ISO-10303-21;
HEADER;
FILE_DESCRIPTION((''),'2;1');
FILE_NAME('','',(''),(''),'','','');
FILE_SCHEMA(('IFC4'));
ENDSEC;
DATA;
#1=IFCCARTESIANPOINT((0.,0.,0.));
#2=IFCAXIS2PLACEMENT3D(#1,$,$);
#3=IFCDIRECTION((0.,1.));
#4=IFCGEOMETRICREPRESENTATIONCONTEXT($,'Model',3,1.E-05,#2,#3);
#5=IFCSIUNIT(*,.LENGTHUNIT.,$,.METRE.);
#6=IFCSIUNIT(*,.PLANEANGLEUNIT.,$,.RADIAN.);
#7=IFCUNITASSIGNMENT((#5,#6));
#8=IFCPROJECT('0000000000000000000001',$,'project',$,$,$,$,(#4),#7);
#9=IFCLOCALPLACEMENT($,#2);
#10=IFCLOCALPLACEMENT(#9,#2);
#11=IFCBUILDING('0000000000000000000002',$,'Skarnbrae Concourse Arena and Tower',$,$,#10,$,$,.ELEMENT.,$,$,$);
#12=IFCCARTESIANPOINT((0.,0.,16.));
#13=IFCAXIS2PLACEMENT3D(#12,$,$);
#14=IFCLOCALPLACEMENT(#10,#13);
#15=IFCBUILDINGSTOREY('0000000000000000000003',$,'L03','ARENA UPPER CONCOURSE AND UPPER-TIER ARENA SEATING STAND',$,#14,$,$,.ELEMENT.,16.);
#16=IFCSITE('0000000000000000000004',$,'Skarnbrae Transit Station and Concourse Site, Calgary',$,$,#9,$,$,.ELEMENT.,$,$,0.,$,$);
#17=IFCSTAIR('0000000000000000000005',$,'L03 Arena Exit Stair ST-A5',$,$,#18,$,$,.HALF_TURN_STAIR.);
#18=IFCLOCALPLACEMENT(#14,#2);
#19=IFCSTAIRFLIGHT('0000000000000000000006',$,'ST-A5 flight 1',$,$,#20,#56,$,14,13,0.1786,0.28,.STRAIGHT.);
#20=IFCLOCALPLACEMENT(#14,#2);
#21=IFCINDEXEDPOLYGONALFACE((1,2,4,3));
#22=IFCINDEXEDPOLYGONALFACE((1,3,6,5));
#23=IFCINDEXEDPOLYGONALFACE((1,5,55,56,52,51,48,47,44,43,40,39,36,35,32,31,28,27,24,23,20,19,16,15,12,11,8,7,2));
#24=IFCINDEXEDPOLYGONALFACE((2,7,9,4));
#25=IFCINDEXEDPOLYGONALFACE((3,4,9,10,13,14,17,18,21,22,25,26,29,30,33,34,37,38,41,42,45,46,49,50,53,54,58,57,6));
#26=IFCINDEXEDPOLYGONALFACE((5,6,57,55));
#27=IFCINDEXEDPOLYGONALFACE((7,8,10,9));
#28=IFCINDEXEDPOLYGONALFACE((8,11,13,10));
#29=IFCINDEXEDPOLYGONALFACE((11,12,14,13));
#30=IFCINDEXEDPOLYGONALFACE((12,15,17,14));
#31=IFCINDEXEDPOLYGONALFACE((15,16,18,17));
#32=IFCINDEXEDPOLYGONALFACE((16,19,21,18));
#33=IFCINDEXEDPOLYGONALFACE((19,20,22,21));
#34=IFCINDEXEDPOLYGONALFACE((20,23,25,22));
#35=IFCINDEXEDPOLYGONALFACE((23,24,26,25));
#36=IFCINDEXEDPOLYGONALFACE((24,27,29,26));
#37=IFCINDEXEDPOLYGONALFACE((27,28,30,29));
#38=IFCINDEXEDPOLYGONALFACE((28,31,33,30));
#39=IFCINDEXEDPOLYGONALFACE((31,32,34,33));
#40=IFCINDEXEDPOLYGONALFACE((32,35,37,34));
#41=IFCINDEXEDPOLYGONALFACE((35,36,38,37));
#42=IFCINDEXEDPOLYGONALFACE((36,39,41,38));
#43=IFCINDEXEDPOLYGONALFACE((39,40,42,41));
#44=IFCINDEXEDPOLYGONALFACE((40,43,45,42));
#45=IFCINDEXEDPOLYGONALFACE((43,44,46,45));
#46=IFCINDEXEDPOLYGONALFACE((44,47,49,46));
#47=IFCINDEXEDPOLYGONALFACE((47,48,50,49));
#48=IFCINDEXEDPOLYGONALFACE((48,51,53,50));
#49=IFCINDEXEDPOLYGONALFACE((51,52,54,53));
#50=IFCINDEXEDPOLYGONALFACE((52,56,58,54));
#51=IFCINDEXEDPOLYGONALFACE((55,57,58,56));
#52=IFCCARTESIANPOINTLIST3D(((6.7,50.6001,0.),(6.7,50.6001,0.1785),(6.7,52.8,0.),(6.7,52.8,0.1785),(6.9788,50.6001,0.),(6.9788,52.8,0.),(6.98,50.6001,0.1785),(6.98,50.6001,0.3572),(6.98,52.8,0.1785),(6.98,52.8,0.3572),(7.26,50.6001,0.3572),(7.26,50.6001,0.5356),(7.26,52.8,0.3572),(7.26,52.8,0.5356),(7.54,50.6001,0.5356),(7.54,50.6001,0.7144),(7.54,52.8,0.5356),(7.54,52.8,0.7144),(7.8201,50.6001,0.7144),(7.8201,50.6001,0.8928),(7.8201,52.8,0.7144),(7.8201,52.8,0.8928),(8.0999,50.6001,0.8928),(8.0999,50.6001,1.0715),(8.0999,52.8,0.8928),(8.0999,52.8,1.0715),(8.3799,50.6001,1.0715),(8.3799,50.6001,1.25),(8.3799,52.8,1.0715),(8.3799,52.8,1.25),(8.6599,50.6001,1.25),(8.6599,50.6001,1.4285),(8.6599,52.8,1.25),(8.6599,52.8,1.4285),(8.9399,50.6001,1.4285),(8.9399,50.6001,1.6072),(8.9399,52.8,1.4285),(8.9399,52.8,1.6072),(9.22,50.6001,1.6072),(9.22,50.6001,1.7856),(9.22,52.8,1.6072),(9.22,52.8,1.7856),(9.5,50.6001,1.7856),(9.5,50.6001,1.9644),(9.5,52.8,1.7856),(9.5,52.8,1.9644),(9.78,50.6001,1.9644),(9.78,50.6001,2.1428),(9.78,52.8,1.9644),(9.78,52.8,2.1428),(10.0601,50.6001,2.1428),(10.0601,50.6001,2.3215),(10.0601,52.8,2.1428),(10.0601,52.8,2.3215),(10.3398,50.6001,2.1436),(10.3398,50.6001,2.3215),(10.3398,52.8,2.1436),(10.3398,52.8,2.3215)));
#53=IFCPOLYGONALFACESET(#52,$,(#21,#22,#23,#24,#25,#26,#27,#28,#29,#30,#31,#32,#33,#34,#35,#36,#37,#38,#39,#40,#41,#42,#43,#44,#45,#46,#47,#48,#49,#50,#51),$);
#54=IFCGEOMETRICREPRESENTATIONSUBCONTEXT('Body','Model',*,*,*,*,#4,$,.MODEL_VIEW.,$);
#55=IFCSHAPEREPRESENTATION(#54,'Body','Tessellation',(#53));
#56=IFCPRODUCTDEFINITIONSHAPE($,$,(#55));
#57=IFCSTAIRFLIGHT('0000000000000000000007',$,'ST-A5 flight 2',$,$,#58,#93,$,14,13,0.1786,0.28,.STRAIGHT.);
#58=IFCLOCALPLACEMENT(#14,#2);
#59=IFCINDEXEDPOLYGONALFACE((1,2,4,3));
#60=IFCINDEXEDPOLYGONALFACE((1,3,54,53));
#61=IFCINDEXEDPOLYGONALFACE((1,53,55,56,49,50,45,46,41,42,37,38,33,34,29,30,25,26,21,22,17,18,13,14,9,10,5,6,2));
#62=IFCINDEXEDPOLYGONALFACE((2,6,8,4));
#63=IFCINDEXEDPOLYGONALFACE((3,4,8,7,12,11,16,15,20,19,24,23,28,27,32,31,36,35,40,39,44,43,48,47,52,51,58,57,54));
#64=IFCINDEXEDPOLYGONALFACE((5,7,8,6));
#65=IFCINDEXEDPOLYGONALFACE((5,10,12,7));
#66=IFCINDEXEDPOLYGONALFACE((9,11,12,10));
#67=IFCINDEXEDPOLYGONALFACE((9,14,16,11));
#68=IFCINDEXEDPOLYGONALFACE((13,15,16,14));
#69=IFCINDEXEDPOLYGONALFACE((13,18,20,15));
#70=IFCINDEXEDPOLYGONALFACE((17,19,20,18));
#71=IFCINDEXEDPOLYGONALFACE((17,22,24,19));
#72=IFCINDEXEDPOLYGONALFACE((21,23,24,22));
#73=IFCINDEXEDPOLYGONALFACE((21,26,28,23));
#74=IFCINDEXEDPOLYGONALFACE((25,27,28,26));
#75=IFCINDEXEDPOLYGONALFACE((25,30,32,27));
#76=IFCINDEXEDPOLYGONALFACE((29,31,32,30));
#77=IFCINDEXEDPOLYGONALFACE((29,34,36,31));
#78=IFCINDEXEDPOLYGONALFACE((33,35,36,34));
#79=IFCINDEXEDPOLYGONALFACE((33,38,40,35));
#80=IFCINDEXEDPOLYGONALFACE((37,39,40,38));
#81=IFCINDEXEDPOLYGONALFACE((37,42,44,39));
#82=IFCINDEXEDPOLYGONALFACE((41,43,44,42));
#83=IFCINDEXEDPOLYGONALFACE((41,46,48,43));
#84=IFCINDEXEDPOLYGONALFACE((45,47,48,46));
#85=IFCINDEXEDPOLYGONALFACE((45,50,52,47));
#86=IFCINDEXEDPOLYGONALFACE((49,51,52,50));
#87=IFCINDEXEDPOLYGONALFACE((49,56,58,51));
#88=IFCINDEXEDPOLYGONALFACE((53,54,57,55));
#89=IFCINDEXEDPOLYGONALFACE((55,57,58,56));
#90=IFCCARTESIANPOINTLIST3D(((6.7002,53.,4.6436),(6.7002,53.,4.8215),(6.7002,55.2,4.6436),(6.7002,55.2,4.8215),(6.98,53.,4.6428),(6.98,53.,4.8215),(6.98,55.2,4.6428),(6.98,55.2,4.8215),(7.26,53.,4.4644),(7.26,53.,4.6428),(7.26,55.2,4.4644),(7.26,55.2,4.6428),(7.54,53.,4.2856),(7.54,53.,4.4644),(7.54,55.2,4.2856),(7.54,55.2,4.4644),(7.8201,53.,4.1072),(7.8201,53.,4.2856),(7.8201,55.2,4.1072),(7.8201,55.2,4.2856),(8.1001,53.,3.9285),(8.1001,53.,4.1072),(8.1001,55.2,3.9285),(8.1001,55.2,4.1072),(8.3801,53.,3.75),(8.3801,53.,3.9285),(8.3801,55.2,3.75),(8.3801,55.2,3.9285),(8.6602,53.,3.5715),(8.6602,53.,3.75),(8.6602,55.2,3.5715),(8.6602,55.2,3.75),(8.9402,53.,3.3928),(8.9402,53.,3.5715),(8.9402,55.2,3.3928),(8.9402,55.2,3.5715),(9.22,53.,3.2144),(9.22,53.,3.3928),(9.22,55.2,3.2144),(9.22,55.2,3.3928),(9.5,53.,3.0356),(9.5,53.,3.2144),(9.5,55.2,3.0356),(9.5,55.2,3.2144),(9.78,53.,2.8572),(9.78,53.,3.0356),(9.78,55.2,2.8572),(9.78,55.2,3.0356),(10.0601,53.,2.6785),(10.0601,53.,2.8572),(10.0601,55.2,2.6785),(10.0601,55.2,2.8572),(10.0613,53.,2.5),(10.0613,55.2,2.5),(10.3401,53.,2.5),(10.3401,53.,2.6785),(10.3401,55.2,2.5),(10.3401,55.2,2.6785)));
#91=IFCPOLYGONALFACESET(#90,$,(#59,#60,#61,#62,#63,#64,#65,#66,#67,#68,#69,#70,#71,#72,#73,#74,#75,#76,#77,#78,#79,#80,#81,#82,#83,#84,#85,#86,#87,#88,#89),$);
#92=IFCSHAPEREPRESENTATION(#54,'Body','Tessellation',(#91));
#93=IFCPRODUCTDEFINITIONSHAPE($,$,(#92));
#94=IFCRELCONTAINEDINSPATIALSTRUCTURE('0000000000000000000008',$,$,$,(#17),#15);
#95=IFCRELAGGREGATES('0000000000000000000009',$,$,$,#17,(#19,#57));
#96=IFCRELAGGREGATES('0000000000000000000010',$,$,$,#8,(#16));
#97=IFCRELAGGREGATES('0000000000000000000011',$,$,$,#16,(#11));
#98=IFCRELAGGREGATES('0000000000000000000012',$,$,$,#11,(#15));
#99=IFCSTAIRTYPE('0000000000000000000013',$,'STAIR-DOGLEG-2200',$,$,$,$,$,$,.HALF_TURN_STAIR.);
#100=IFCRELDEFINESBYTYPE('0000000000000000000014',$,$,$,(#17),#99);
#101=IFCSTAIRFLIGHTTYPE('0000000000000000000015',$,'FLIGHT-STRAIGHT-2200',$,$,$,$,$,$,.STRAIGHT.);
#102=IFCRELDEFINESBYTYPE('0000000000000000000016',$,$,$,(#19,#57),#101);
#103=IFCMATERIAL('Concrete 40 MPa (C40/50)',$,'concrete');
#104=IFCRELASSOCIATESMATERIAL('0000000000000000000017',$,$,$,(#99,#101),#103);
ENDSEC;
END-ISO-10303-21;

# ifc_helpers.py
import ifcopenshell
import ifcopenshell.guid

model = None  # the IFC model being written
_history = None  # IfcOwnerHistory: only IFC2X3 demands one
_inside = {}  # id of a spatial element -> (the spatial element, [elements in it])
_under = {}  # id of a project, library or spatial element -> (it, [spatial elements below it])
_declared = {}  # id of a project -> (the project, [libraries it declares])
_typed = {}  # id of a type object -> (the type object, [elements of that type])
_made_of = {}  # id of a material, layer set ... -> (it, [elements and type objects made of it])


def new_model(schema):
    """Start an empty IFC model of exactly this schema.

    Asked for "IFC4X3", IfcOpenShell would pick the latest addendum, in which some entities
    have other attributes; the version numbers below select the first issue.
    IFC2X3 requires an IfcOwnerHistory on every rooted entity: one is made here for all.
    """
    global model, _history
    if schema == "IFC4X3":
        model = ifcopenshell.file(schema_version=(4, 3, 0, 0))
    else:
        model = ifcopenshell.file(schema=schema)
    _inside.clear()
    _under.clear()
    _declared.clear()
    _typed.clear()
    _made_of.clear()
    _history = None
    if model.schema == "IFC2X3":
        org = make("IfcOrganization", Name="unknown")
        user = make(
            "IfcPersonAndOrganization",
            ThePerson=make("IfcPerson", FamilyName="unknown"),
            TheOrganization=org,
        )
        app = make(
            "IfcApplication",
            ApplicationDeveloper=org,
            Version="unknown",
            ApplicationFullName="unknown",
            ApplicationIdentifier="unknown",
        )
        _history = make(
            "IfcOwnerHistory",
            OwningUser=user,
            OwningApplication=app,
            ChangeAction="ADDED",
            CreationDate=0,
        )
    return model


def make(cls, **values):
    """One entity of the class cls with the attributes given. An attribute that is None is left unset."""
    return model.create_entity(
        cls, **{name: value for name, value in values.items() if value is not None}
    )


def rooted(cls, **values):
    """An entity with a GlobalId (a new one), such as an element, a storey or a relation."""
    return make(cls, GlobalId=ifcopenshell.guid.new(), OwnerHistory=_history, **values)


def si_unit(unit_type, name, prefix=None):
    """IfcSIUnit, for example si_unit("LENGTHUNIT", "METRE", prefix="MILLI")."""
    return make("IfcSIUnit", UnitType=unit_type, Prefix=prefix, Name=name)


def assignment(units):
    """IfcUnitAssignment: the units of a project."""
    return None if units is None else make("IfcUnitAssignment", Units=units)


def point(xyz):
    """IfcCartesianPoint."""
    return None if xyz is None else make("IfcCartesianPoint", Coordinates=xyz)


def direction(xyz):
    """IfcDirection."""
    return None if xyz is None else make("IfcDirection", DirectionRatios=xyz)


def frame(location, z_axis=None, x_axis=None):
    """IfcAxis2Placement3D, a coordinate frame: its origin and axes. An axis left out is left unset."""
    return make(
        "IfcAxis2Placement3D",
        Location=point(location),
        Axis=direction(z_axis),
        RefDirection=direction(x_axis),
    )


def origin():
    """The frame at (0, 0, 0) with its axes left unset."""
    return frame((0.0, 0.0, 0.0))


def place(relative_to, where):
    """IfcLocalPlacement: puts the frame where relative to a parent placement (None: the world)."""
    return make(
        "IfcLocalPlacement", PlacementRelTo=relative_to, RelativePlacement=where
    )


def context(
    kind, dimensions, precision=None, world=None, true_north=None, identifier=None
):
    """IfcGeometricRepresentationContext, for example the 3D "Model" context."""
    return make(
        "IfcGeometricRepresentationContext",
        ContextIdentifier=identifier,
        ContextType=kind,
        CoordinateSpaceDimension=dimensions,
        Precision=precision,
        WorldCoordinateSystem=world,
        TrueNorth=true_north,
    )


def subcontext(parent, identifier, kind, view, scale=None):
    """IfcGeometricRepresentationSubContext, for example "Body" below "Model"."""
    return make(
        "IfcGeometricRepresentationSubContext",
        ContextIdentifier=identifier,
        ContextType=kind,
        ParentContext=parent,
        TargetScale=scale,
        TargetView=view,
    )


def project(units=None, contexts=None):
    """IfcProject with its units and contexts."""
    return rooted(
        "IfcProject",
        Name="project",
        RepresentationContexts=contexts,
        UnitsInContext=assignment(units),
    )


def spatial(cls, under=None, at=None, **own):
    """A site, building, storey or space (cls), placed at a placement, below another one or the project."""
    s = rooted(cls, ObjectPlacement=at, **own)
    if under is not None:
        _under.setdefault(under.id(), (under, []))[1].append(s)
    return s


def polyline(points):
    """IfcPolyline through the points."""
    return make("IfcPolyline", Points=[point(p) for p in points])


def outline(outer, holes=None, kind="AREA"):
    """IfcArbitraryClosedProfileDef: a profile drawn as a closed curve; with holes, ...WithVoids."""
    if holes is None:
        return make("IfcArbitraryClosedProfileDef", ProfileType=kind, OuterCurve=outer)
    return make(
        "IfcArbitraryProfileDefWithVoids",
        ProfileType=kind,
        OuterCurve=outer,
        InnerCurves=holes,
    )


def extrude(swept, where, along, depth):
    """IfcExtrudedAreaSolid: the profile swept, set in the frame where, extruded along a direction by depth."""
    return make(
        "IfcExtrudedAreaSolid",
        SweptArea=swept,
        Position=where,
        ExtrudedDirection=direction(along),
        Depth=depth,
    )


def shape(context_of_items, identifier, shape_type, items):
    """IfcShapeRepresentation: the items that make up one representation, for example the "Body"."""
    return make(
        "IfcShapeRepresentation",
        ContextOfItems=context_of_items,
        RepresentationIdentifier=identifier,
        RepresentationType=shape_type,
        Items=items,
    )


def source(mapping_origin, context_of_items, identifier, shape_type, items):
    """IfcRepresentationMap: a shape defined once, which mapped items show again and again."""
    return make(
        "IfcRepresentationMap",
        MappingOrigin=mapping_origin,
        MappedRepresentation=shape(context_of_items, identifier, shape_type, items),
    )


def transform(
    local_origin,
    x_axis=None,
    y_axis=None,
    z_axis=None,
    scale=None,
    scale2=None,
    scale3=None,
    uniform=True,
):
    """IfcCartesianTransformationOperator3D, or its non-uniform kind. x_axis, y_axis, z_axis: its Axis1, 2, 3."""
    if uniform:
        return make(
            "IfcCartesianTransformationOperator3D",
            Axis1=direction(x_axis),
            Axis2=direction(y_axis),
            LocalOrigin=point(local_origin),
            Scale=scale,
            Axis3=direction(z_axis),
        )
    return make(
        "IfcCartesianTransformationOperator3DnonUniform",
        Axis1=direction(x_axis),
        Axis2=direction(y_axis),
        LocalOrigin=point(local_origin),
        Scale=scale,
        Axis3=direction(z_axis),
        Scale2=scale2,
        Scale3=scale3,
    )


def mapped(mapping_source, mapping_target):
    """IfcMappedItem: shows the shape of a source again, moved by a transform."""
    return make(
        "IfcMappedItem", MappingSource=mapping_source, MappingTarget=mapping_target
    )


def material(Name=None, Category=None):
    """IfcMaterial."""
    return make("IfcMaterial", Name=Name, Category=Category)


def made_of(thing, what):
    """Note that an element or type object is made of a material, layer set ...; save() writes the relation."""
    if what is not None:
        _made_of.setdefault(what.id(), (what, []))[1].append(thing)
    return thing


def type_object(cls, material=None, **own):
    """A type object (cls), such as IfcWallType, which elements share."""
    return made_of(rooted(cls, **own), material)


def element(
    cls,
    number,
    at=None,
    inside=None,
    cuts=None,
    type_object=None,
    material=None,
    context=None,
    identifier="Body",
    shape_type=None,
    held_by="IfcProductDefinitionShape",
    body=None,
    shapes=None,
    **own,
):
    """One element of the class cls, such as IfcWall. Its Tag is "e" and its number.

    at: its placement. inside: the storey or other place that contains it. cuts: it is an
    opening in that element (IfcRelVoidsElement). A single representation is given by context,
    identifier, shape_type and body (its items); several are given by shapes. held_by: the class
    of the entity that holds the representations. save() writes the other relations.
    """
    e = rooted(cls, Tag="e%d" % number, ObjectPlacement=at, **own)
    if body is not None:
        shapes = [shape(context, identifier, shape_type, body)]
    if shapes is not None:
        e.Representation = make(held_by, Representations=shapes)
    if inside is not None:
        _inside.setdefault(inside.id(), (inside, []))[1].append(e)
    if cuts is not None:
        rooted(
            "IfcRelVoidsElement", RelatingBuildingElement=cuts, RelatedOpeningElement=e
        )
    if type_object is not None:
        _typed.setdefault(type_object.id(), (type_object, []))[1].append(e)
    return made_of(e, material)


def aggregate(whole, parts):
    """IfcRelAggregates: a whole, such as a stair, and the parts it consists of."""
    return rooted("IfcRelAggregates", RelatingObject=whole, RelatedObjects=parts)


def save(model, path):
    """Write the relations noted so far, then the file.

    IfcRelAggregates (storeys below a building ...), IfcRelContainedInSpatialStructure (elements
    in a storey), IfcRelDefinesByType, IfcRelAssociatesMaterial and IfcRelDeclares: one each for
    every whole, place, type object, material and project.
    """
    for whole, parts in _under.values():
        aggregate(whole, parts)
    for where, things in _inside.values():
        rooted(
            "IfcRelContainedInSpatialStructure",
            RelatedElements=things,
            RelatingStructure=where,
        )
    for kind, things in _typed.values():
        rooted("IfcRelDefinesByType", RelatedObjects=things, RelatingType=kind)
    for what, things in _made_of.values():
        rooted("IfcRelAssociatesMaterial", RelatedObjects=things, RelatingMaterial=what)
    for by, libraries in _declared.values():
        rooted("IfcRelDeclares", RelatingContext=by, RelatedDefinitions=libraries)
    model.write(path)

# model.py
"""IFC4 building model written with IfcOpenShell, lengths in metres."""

from ifc_helpers import new_model, si_unit, direction, frame, origin, place, context, subcontext, project, spatial, polyline, outline, extrude, source, transform, mapped, material, type_object, element, aggregate, save


model = new_model("IFC4")

# Units and contexts
model_context = context("Model", 3, precision=1e-05, world=origin(), true_north=direction((0.0, 1.0)))
body_context = subcontext(model_context, "Body", "Model", "MODEL_VIEW")
ifc_project = project(units=[si_unit("LENGTHUNIT", "METRE"), si_unit("PLANEANGLEUNIT", "RADIAN")], contexts=[model_context])

# Site, building, storey
site_placement = place(None, origin())
site = spatial("IfcSite", under=ifc_project, at=site_placement, Name="Skarnbrae Transit Station and Concourse Site, Calgary", CompositionType="ELEMENT", RefElevation=0.0)
building_placement = place(site_placement, origin())
building = spatial("IfcBuilding", under=site, at=building_placement, Name="Skarnbrae Concourse Arena and Tower", CompositionType="ELEMENT")
storey_placement = place(building_placement, frame((0.0, 0.0, 16.0)))
storey = spatial("IfcBuildingStorey", under=building, at=storey_placement, Name="L03", Description="ARENA UPPER CONCOURSE AND UPPER-TIER ARENA SEATING STAND", CompositionType="ELEMENT", Elevation=16.0)

# Stair, stair flights
ifc_material_1 = material(Name="Concrete 40 MPa (C40/50)", Category="concrete")
stair_type = type_object("IfcStairType", Name="STAIR-DOGLEG-2200", PredefinedType="HALF_TURN_STAIR", material=ifc_material_1)
stair_placement = place(storey_placement, origin())
stair = element("IfcStair", 1, at=stair_placement, inside=storey, type_object=stair_type, Name="L03 Arena Exit Stair ST-A5", PredefinedType="HALF_TURN_STAIR")
stair_flight_type = type_object("IfcStairFlightType", Name="FLIGHT-STRAIGHT-2200", PredefinedType="STRAIGHT", material=ifc_material_1)
shared_shape_1 = source(origin(), body_context, "Body", "SweptSolid", [
    extrude(outline(polyline([(0.0, 0.0), (0.0, 0.1785), (0.28, 0.1785), (0.28, 0.3572), (0.5601, 0.3572), (0.5601, 0.5356), (0.8401, 0.5356), (0.8401, 0.7144), (1.1201, 0.7144), (1.1201, 0.8928), (1.3999, 0.8928), (1.3999, 1.0715), (1.6799, 1.0715), (1.6799, 1.25), (1.96, 1.25), (1.96, 1.4285), (2.24, 1.4285), (2.24, 1.6072), (2.52, 1.6072), (2.52, 1.7856), (2.8, 1.7856), (2.8, 1.9644), (3.0801, 1.9644), (3.0801, 2.1428), (3.3601, 2.1428), (3.3601, 2.3215), (3.6399, 2.3215), (3.6399, 2.5), (3.6399, 2.1436), (0.2788, 0.0), (0.0, 0.0)])), frame((0.0, 1.1001, 0.0), z_axis=(0.0, -1.0, 0.0), x_axis=(1.0, 0.0, 0.0)), (0.0, 0.0, 1.0), 2.2),
])
stair_flight_1_placement = place(storey_placement, frame((6.7, 51.7, 0.0), z_axis=(0.0, 0.0, 1.0), x_axis=(1.0, 0.0, 0.0)))
stair_flight_1 = element("IfcStairFlight", 2, at=stair_flight_1_placement, type_object=stair_flight_type, Name="ST-A5 flight 1", NumberOfRisers=14, NumberOfTreads=13, PredefinedType="STRAIGHT", RiserHeight=0.1786, TreadLength=0.28, context=body_context, shape_type="MappedRepresentation", body=[
    mapped(shared_shape_1, transform((0.0, 0.0, 0.0))),
])
stair_flight_2_placement = place(storey_placement, frame((10.3401, 54.1001, 2.5), z_axis=(0.0, 0.0, 1.0), x_axis=(-1.0, 0.0, 0.0)))
stair_flight_2 = element("IfcStairFlight", 3, at=stair_flight_2_placement, type_object=stair_flight_type, Name="ST-A5 flight 2", NumberOfRisers=14, NumberOfTreads=13, PredefinedType="STRAIGHT", RiserHeight=0.1786, TreadLength=0.28, context=body_context, shape_type="MappedRepresentation", body=[
    mapped(shared_shape_1, transform((0.0, 0.0, 0.0))),
])
aggregate(stair, [stair_flight_1, stair_flight_2])

save(model, "model.ifc")
